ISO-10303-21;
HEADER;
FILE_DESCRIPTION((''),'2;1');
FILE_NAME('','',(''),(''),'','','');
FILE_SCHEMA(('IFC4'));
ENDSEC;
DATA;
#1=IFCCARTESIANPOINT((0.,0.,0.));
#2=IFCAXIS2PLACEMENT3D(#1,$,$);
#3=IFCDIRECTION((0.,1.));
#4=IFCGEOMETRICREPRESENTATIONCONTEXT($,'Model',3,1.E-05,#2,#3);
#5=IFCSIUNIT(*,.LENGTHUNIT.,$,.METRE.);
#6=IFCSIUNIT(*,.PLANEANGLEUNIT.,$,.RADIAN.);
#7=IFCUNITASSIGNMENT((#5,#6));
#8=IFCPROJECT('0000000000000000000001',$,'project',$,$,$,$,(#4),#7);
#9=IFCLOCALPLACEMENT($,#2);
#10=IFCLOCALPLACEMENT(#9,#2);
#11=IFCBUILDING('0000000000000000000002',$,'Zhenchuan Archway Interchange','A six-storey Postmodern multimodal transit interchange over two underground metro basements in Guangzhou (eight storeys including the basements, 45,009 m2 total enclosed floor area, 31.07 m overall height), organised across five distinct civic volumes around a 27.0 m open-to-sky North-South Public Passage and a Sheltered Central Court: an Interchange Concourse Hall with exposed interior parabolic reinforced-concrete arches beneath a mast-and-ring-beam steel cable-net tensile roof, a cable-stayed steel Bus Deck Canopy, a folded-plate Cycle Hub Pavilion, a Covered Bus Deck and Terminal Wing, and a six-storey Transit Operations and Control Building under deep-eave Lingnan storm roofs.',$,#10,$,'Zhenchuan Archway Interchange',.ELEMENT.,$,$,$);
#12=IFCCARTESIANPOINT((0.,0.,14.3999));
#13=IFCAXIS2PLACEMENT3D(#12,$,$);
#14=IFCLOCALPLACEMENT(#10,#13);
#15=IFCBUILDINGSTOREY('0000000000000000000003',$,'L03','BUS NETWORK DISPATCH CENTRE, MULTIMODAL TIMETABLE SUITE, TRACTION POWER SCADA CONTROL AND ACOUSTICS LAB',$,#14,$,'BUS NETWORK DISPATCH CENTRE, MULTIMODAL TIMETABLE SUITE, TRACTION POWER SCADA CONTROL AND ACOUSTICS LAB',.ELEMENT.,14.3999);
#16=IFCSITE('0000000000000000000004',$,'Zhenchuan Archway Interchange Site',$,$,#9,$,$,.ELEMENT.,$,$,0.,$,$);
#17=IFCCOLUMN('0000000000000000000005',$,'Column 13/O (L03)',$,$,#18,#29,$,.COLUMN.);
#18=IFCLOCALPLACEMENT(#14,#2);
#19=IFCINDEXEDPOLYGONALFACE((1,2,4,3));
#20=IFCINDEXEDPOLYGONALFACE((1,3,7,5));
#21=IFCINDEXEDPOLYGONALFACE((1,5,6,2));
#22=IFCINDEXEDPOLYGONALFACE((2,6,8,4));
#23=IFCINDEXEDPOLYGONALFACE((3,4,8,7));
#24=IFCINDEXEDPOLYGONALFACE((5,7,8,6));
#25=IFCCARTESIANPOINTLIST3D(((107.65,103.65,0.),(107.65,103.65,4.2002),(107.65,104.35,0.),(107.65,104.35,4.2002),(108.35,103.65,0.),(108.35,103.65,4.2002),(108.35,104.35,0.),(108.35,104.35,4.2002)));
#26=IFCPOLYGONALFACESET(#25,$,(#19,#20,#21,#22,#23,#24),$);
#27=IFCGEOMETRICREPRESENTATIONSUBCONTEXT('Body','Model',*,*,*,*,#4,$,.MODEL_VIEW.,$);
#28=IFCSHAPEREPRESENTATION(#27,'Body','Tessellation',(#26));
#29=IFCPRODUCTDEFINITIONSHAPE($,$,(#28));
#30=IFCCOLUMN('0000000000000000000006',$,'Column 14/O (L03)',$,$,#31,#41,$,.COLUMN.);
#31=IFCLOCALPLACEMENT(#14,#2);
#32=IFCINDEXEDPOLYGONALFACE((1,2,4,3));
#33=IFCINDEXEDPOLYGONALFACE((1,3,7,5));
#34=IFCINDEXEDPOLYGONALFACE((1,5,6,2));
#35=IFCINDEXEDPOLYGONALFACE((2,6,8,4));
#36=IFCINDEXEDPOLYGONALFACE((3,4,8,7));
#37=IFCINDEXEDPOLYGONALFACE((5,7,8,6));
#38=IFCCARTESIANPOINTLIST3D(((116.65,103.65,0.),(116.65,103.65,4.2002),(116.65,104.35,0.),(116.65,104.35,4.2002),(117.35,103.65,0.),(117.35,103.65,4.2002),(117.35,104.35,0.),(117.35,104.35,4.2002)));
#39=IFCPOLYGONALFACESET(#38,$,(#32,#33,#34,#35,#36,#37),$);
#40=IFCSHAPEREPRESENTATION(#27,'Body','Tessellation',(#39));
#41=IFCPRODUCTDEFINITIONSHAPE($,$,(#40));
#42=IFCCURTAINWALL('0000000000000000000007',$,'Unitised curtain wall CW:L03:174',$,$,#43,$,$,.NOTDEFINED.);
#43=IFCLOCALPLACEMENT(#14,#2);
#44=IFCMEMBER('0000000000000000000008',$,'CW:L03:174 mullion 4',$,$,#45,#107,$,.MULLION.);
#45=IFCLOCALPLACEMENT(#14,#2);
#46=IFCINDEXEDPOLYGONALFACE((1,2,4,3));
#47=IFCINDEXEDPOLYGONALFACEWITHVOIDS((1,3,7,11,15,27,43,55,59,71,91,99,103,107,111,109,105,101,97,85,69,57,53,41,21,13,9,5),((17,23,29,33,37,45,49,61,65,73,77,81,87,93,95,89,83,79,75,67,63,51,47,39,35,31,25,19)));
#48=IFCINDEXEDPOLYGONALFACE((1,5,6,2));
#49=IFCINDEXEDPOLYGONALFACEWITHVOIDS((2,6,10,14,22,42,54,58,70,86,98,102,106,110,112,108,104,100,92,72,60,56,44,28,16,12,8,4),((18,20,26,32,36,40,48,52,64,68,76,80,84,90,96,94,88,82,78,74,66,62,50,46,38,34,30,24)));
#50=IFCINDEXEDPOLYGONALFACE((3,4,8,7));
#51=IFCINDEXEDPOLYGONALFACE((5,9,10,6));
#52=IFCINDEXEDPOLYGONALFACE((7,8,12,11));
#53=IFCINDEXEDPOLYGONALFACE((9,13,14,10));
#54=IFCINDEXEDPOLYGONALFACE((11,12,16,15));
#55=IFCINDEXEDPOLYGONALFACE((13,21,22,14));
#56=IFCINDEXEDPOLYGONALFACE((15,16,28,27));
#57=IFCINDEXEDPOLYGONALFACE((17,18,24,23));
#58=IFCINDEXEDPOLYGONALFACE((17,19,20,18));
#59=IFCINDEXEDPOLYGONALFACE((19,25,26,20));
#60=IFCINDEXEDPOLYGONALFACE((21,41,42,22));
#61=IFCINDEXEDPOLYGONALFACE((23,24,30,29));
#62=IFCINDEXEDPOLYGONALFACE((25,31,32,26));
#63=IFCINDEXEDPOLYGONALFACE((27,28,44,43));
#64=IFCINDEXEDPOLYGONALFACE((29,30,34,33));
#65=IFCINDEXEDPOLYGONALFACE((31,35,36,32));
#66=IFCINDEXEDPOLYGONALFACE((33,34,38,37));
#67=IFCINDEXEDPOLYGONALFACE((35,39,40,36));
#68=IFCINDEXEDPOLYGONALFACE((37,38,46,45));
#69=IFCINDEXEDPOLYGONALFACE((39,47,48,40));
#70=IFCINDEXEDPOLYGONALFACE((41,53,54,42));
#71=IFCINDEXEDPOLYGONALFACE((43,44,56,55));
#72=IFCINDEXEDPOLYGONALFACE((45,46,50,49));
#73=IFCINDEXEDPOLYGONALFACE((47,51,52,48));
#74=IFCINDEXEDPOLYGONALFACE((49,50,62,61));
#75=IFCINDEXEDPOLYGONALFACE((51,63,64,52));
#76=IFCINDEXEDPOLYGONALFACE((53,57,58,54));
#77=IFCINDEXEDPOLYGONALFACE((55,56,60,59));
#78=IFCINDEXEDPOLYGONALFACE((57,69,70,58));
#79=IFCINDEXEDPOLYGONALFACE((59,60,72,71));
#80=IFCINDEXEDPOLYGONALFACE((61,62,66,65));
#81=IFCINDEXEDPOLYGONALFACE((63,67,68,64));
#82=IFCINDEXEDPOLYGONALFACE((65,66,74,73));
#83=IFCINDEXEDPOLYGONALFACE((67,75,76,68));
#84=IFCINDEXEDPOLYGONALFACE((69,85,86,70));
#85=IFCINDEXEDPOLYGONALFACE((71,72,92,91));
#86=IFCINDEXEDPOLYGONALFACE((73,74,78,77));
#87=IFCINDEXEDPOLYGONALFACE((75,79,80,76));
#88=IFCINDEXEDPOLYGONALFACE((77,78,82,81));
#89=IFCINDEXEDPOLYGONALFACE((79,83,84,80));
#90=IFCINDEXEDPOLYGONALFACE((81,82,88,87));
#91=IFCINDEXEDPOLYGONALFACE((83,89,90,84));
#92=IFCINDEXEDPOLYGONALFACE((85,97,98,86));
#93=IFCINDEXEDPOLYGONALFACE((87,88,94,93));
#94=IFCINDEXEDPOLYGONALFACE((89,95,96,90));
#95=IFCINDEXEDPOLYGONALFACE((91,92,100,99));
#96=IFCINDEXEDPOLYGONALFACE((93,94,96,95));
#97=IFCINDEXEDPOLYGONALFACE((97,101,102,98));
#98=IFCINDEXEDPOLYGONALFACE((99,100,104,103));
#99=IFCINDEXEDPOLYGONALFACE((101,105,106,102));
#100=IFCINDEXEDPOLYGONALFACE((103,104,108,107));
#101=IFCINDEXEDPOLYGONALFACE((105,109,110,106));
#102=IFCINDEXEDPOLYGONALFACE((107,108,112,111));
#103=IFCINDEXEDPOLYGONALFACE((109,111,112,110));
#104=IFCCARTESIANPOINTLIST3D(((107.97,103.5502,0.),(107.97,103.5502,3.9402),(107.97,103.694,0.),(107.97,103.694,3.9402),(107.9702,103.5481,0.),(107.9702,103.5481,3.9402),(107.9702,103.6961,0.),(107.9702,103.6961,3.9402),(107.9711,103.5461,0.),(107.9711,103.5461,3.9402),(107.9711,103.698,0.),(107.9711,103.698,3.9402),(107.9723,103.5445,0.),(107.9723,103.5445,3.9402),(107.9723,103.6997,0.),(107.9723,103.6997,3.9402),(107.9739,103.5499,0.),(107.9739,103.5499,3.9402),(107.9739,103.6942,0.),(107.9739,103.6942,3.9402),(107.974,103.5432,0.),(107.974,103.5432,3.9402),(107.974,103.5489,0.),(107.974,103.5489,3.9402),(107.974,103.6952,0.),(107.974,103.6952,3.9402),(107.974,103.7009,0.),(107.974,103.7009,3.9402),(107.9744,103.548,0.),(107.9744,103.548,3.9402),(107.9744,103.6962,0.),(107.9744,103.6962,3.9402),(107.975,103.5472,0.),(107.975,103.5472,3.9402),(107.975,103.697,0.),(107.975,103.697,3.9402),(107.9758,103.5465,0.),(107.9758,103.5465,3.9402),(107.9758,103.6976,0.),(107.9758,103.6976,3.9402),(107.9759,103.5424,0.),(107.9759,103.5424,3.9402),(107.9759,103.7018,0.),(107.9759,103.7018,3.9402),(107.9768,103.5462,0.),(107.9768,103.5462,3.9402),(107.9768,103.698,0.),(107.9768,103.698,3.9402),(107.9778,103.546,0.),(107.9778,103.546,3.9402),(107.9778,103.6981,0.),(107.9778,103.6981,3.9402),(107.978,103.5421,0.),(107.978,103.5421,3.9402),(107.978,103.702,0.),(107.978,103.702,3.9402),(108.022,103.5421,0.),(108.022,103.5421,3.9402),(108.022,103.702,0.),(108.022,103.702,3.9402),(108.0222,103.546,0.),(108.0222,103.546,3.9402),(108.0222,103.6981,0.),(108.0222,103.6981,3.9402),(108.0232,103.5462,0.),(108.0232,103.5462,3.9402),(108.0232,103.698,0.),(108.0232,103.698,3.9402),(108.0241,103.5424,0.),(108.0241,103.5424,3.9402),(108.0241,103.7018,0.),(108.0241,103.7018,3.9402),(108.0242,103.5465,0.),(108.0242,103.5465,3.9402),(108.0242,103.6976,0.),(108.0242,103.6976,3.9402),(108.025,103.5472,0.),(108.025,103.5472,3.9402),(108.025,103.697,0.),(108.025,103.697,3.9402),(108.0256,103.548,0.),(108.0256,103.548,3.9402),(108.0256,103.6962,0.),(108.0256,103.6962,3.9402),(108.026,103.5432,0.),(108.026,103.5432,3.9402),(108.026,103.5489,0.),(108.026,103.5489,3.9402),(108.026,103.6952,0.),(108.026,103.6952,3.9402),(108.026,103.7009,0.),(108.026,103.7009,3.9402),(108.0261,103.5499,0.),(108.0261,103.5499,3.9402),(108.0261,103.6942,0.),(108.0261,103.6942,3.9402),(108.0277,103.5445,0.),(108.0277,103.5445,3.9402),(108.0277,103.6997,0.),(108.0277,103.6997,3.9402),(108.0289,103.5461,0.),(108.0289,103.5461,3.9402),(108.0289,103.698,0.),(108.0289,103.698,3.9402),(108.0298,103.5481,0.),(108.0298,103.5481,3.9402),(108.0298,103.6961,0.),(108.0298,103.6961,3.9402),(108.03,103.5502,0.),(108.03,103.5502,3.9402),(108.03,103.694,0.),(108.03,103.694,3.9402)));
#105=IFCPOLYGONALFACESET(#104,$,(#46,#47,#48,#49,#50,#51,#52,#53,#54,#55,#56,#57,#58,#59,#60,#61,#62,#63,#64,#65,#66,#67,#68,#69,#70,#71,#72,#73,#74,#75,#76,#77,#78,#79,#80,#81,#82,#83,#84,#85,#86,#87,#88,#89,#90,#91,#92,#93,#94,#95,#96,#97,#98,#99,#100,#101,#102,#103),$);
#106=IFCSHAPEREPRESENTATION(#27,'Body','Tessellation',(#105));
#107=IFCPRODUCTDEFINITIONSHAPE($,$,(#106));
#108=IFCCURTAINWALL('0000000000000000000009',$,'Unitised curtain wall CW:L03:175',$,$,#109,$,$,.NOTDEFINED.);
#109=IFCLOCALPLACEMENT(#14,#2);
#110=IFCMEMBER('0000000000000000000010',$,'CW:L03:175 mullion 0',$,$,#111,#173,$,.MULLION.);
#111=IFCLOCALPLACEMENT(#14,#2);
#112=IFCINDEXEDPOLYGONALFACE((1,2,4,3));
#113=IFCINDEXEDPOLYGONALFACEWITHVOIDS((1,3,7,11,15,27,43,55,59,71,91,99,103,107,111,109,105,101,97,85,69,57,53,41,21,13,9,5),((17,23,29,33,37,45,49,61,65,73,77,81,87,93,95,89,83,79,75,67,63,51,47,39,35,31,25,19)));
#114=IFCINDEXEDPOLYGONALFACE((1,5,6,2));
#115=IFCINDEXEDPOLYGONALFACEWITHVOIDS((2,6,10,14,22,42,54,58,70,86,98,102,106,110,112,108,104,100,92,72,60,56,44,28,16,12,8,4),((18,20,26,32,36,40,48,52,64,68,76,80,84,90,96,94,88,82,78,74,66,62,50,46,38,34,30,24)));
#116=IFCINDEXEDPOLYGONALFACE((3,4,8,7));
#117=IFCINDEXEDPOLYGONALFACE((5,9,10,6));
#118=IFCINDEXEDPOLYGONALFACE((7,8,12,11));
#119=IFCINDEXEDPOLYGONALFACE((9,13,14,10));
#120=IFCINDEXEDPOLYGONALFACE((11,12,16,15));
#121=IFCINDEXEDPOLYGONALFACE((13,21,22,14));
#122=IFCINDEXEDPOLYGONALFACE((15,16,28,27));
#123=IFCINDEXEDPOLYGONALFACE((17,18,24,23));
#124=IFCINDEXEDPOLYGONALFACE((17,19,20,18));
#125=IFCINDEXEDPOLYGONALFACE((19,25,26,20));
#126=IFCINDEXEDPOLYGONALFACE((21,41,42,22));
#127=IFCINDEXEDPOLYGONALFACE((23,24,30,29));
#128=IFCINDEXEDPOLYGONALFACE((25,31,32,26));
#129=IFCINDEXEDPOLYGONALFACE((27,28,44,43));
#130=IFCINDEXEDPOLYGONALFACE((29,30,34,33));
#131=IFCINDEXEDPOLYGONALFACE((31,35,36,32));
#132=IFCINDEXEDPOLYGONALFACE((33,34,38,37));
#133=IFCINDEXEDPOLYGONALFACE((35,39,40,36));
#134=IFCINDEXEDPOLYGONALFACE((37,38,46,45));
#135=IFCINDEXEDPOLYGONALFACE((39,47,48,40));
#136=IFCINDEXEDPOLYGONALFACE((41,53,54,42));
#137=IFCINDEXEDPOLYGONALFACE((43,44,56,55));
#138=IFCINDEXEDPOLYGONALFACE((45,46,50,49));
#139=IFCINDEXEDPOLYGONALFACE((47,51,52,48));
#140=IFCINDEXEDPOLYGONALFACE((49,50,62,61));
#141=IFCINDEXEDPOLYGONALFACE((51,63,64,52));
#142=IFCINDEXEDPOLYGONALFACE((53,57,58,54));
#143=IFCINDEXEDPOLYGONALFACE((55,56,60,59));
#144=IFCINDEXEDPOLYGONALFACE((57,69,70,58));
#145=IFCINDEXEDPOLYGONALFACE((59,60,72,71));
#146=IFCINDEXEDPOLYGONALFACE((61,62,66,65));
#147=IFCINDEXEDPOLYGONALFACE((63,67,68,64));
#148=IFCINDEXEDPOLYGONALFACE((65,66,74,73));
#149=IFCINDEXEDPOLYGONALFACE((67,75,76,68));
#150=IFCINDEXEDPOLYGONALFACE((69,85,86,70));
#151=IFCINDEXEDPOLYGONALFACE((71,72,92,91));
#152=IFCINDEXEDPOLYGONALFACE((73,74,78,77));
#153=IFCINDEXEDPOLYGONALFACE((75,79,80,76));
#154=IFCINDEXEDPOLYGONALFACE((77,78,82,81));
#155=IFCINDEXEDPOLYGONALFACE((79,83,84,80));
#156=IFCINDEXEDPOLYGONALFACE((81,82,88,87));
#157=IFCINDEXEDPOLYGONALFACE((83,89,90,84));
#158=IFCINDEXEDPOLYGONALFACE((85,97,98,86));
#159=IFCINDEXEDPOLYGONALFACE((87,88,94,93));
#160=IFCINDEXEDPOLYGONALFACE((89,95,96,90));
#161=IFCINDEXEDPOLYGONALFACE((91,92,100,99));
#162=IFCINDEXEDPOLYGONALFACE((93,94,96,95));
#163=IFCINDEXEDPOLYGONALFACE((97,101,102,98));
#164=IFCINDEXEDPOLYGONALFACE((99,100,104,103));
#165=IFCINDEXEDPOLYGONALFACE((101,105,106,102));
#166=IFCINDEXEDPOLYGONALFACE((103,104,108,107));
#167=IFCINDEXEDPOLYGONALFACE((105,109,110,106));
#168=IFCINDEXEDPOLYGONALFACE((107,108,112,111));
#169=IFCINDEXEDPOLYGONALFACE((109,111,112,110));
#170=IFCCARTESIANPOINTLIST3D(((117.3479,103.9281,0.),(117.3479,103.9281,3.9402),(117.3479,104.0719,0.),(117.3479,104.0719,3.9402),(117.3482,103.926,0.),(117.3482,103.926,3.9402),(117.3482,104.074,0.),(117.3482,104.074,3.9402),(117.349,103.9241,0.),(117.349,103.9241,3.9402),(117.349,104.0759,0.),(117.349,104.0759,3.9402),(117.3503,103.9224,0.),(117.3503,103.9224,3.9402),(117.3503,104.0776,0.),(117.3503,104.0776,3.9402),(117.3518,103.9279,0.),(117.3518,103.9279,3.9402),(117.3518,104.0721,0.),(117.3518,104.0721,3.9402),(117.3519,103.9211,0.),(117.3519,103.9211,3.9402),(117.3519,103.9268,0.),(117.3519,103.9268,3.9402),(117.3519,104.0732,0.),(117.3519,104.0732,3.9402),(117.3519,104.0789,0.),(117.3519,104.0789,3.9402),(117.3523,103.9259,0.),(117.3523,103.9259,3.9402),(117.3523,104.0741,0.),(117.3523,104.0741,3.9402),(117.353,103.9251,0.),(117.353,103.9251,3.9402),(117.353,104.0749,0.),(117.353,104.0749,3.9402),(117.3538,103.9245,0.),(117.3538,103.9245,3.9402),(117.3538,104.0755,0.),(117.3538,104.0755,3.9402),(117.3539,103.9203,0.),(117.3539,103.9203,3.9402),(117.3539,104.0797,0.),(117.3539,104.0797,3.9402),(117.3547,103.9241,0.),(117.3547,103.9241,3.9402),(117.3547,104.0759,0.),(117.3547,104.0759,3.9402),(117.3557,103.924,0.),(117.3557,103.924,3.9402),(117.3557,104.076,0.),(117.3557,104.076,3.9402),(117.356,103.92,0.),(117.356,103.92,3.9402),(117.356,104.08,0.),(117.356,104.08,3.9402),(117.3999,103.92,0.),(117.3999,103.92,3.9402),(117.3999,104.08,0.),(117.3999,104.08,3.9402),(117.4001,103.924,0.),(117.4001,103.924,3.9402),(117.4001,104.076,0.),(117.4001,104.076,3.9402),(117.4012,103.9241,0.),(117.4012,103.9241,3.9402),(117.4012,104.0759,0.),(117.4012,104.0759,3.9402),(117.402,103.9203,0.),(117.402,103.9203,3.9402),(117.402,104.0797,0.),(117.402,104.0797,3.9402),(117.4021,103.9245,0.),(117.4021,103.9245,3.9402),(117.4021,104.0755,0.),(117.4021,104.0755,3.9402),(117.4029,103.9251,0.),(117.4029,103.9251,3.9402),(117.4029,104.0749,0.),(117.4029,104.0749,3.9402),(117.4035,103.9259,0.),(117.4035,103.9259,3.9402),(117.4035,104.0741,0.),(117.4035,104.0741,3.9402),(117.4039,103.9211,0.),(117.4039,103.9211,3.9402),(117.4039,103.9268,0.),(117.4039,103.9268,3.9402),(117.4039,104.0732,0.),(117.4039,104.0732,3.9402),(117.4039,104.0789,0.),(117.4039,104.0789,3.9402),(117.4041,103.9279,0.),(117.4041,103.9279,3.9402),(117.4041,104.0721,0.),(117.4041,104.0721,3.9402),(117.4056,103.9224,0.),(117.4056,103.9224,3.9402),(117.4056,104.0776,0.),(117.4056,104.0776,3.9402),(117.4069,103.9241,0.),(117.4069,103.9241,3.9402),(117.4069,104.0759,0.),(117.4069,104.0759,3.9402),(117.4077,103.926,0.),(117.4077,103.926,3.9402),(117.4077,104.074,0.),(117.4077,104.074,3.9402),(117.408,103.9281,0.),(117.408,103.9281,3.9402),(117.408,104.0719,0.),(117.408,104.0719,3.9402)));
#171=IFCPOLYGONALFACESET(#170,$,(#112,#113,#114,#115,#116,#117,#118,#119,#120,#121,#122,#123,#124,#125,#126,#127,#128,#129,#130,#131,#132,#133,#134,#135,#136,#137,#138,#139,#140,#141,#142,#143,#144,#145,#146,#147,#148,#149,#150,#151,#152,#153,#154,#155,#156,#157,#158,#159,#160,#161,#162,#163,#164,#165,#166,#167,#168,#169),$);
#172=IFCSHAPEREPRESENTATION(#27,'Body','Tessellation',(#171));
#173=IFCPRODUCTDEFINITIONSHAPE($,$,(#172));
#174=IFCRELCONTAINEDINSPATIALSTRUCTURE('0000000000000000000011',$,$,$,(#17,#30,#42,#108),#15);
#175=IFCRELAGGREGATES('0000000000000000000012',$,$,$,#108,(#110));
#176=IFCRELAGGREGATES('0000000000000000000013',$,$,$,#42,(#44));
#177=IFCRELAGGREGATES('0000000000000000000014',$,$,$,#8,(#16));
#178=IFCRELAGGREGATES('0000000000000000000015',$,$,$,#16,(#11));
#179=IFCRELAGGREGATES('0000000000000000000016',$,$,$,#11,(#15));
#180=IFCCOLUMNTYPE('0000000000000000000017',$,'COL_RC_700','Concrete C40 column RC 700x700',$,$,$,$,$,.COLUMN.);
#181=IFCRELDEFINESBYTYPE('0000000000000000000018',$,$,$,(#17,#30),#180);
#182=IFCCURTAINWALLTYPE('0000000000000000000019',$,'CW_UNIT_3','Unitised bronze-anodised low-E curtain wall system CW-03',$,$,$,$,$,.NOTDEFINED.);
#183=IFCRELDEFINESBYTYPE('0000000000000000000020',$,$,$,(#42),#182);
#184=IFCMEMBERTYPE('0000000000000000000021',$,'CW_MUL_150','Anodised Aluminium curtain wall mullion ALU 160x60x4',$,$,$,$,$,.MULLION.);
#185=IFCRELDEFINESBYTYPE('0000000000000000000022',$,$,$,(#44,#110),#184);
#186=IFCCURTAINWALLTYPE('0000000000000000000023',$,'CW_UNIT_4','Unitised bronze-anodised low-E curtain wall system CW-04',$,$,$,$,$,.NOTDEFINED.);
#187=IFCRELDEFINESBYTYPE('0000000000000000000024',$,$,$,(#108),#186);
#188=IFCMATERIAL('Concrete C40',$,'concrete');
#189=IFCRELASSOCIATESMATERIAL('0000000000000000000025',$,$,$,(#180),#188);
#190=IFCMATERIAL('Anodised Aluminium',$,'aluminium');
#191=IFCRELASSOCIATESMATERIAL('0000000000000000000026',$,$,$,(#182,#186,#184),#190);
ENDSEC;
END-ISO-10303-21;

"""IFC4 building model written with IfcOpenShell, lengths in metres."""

from ifc_helpers import new_model, si_unit, direction, frame, origin, origin_2d, place, context, subcontext, project, spatial, rectangle, hollow_rectangle, extrude, material, material_profile, profile_set, type_object, element, aggregate, save


model = new_model("IFC4")

# Units and contexts
model_context = context("Model", 3, precision=1e-05, world=origin(), true_north=direction((0.0, 1.0)))
body_context = subcontext(model_context, "Body", "Model", "MODEL_VIEW")
ifc_project = project(units=[si_unit("LENGTHUNIT", "METRE"), si_unit("PLANEANGLEUNIT", "RADIAN")], contexts=[model_context])

# Site, building, storey
site_placement = place(None, origin())
site = spatial("IfcSite", under=ifc_project, at=site_placement, Name="Zhenchuan Archway Interchange Site", CompositionType="ELEMENT", RefElevation=0.0)
building_placement = place(site_placement, origin())
building = spatial("IfcBuilding", under=site, at=building_placement, Name="Zhenchuan Archway Interchange", Description="A six-storey Postmodern multimodal transit interchange over two underground metro basements in Guangzhou (eight storeys including the basements, 45,009 m2 total enclosed floor area, 31.07 m overall height), organised across five distinct civic volumes around a 27.0 m open-to-sky North-South Public Passage and a Sheltered Central Court: an Interchange Concourse Hall with exposed interior parabolic reinforced-concrete arches beneath a mast-and-ring-beam steel cable-net tensile roof, a cable-stayed steel Bus Deck Canopy, a folded-plate Cycle Hub Pavilion, a Covered Bus Deck and Terminal Wing, and a six-storey Transit Operations and Control Building under deep-eave Lingnan storm roofs.", LongName="Zhenchuan Archway Interchange", CompositionType="ELEMENT")
storey_placement = place(building_placement, frame((0.0, 0.0, 14.3999)))
storey = spatial("IfcBuildingStorey", under=building, at=storey_placement, Name="L03", Description="BUS NETWORK DISPATCH CENTRE, MULTIMODAL TIMETABLE SUITE, TRACTION POWER SCADA CONTROL AND ACOUSTICS LAB", LongName="BUS NETWORK DISPATCH CENTRE, MULTIMODAL TIMETABLE SUITE, TRACTION POWER SCADA CONTROL AND ACOUSTICS LAB", CompositionType="ELEMENT", Elevation=14.3999)

# Columns
ifc_material_1 = material(Name="Concrete C40", Category="concrete")
ifc_material_profile_1 = material_profile(ifc_material_1, rectangle(XDim=0.7, YDim=0.7, at=origin_2d()), Name="RC 700x700")
ifc_profile_set_1 = profile_set([ifc_material_profile_1], Name="Concrete C40")
column_type = type_object("IfcColumnType", Name="COL_RC_700", Description="Concrete C40 column RC 700x700", PredefinedType="COLUMN", material=ifc_profile_set_1)
for number, where, z_axis, x_axis, name in (
    (1, (108.0, 104.0, 0.0), (0.0, 0.0, 1.0), (1.0, 0.0, 0.0), "Column 13/O (L03)"),
    (2, (117.0, 104.0, 0.0), (0.0, 0.0, 1.0), (1.0, 0.0, 0.0), "Column 14/O (L03)"),
):
    element("IfcColumn", number, at=place(storey_placement, frame(where, z_axis=z_axis, x_axis=x_axis)), inside=storey, type_object=column_type, Name=name, PredefinedType="COLUMN", context=body_context, shape_type="SweptSolid", body=[
        extrude(rectangle(XDim=0.7, YDim=0.7, at=origin_2d()), origin(), (0.0, 0.0, 1.0), 4.2002),
    ])

# Curtain wall, member
ifc_material_2 = material(Name="Anodised Aluminium", Category="aluminium")
curtain_wall_type_1 = type_object("IfcCurtainWallType", Name="CW_UNIT_3", Description="Unitised bronze-anodised low-E curtain wall system CW-03", PredefinedType="NOTDEFINED", material=ifc_material_2)
curtain_wall_1_placement = place(storey_placement, origin())
curtain_wall_1 = element("IfcCurtainWall", 3, at=curtain_wall_1_placement, inside=storey, type_object=curtain_wall_type_1, Name="Unitised curtain wall CW:L03:174", PredefinedType="NOTDEFINED")
ifc_material_profile_2 = material_profile(ifc_material_2, hollow_rectangle(XDim=0.0601, YDim=0.1599, WallThickness=0.0039, InnerFilletRadius=0.0039, OuterFilletRadius=0.0081, at=origin_2d()), Name="ALU 160x60x4")
ifc_profile_set_2 = profile_set([ifc_material_profile_2], Name="Anodised Aluminium")
member_type_1 = type_object("IfcMemberType", Name="CW_MUL_150", Description="Anodised Aluminium curtain wall mullion ALU 160x60x4", PredefinedType="MULLION", material=ifc_profile_set_2)
member_1_placement = place(storey_placement, frame((108.0, 103.6221, 0.0), z_axis=(0.0, 0.0, 1.0), x_axis=(1.0, 0.0, 0.0)))
member_1 = element("IfcMember", 4, at=member_1_placement, type_object=member_type_1, Name="CW:L03:174 mullion 4", PredefinedType="MULLION", context=body_context, shape_type="SweptSolid", body=[
    extrude(hollow_rectangle(XDim=0.0601, YDim=0.1599, WallThickness=0.0039, InnerFilletRadius=0.0039, OuterFilletRadius=0.0081, at=origin_2d()), origin(), (0.0, 0.0, 1.0), 3.9402),
])

# Curtain wall, member
curtain_wall_type_2 = type_object("IfcCurtainWallType", Name="CW_UNIT_4", Description="Unitised bronze-anodised low-E curtain wall system CW-04", PredefinedType="NOTDEFINED", material=ifc_material_2)
curtain_wall_2_placement = place(storey_placement, origin())
curtain_wall_2 = element("IfcCurtainWall", 5, at=curtain_wall_2_placement, inside=storey, type_object=curtain_wall_type_2, Name="Unitised curtain wall CW:L03:175", PredefinedType="NOTDEFINED")
member_2_placement = place(storey_placement, frame((117.3779, 104.0, 0.0), z_axis=(0.0, 0.0, 1.0), x_axis=(1.0, 0.0, 0.0)))
member_2 = element("IfcMember", 6, at=member_2_placement, type_object=member_type_1, Name="CW:L03:175 mullion 0", PredefinedType="MULLION", context=body_context, shape_type="SweptSolid", body=[
    extrude(hollow_rectangle(XDim=0.0601, YDim=0.1599, WallThickness=0.0039, InnerFilletRadius=0.0039, OuterFilletRadius=0.0081, at=origin_2d()), origin(), (0.0, 0.0, 1.0), 3.9402),
])

aggregate(curtain_wall_2, [member_2])
aggregate(curtain_wall_1, [member_1])

save(model, "model.ifc")
